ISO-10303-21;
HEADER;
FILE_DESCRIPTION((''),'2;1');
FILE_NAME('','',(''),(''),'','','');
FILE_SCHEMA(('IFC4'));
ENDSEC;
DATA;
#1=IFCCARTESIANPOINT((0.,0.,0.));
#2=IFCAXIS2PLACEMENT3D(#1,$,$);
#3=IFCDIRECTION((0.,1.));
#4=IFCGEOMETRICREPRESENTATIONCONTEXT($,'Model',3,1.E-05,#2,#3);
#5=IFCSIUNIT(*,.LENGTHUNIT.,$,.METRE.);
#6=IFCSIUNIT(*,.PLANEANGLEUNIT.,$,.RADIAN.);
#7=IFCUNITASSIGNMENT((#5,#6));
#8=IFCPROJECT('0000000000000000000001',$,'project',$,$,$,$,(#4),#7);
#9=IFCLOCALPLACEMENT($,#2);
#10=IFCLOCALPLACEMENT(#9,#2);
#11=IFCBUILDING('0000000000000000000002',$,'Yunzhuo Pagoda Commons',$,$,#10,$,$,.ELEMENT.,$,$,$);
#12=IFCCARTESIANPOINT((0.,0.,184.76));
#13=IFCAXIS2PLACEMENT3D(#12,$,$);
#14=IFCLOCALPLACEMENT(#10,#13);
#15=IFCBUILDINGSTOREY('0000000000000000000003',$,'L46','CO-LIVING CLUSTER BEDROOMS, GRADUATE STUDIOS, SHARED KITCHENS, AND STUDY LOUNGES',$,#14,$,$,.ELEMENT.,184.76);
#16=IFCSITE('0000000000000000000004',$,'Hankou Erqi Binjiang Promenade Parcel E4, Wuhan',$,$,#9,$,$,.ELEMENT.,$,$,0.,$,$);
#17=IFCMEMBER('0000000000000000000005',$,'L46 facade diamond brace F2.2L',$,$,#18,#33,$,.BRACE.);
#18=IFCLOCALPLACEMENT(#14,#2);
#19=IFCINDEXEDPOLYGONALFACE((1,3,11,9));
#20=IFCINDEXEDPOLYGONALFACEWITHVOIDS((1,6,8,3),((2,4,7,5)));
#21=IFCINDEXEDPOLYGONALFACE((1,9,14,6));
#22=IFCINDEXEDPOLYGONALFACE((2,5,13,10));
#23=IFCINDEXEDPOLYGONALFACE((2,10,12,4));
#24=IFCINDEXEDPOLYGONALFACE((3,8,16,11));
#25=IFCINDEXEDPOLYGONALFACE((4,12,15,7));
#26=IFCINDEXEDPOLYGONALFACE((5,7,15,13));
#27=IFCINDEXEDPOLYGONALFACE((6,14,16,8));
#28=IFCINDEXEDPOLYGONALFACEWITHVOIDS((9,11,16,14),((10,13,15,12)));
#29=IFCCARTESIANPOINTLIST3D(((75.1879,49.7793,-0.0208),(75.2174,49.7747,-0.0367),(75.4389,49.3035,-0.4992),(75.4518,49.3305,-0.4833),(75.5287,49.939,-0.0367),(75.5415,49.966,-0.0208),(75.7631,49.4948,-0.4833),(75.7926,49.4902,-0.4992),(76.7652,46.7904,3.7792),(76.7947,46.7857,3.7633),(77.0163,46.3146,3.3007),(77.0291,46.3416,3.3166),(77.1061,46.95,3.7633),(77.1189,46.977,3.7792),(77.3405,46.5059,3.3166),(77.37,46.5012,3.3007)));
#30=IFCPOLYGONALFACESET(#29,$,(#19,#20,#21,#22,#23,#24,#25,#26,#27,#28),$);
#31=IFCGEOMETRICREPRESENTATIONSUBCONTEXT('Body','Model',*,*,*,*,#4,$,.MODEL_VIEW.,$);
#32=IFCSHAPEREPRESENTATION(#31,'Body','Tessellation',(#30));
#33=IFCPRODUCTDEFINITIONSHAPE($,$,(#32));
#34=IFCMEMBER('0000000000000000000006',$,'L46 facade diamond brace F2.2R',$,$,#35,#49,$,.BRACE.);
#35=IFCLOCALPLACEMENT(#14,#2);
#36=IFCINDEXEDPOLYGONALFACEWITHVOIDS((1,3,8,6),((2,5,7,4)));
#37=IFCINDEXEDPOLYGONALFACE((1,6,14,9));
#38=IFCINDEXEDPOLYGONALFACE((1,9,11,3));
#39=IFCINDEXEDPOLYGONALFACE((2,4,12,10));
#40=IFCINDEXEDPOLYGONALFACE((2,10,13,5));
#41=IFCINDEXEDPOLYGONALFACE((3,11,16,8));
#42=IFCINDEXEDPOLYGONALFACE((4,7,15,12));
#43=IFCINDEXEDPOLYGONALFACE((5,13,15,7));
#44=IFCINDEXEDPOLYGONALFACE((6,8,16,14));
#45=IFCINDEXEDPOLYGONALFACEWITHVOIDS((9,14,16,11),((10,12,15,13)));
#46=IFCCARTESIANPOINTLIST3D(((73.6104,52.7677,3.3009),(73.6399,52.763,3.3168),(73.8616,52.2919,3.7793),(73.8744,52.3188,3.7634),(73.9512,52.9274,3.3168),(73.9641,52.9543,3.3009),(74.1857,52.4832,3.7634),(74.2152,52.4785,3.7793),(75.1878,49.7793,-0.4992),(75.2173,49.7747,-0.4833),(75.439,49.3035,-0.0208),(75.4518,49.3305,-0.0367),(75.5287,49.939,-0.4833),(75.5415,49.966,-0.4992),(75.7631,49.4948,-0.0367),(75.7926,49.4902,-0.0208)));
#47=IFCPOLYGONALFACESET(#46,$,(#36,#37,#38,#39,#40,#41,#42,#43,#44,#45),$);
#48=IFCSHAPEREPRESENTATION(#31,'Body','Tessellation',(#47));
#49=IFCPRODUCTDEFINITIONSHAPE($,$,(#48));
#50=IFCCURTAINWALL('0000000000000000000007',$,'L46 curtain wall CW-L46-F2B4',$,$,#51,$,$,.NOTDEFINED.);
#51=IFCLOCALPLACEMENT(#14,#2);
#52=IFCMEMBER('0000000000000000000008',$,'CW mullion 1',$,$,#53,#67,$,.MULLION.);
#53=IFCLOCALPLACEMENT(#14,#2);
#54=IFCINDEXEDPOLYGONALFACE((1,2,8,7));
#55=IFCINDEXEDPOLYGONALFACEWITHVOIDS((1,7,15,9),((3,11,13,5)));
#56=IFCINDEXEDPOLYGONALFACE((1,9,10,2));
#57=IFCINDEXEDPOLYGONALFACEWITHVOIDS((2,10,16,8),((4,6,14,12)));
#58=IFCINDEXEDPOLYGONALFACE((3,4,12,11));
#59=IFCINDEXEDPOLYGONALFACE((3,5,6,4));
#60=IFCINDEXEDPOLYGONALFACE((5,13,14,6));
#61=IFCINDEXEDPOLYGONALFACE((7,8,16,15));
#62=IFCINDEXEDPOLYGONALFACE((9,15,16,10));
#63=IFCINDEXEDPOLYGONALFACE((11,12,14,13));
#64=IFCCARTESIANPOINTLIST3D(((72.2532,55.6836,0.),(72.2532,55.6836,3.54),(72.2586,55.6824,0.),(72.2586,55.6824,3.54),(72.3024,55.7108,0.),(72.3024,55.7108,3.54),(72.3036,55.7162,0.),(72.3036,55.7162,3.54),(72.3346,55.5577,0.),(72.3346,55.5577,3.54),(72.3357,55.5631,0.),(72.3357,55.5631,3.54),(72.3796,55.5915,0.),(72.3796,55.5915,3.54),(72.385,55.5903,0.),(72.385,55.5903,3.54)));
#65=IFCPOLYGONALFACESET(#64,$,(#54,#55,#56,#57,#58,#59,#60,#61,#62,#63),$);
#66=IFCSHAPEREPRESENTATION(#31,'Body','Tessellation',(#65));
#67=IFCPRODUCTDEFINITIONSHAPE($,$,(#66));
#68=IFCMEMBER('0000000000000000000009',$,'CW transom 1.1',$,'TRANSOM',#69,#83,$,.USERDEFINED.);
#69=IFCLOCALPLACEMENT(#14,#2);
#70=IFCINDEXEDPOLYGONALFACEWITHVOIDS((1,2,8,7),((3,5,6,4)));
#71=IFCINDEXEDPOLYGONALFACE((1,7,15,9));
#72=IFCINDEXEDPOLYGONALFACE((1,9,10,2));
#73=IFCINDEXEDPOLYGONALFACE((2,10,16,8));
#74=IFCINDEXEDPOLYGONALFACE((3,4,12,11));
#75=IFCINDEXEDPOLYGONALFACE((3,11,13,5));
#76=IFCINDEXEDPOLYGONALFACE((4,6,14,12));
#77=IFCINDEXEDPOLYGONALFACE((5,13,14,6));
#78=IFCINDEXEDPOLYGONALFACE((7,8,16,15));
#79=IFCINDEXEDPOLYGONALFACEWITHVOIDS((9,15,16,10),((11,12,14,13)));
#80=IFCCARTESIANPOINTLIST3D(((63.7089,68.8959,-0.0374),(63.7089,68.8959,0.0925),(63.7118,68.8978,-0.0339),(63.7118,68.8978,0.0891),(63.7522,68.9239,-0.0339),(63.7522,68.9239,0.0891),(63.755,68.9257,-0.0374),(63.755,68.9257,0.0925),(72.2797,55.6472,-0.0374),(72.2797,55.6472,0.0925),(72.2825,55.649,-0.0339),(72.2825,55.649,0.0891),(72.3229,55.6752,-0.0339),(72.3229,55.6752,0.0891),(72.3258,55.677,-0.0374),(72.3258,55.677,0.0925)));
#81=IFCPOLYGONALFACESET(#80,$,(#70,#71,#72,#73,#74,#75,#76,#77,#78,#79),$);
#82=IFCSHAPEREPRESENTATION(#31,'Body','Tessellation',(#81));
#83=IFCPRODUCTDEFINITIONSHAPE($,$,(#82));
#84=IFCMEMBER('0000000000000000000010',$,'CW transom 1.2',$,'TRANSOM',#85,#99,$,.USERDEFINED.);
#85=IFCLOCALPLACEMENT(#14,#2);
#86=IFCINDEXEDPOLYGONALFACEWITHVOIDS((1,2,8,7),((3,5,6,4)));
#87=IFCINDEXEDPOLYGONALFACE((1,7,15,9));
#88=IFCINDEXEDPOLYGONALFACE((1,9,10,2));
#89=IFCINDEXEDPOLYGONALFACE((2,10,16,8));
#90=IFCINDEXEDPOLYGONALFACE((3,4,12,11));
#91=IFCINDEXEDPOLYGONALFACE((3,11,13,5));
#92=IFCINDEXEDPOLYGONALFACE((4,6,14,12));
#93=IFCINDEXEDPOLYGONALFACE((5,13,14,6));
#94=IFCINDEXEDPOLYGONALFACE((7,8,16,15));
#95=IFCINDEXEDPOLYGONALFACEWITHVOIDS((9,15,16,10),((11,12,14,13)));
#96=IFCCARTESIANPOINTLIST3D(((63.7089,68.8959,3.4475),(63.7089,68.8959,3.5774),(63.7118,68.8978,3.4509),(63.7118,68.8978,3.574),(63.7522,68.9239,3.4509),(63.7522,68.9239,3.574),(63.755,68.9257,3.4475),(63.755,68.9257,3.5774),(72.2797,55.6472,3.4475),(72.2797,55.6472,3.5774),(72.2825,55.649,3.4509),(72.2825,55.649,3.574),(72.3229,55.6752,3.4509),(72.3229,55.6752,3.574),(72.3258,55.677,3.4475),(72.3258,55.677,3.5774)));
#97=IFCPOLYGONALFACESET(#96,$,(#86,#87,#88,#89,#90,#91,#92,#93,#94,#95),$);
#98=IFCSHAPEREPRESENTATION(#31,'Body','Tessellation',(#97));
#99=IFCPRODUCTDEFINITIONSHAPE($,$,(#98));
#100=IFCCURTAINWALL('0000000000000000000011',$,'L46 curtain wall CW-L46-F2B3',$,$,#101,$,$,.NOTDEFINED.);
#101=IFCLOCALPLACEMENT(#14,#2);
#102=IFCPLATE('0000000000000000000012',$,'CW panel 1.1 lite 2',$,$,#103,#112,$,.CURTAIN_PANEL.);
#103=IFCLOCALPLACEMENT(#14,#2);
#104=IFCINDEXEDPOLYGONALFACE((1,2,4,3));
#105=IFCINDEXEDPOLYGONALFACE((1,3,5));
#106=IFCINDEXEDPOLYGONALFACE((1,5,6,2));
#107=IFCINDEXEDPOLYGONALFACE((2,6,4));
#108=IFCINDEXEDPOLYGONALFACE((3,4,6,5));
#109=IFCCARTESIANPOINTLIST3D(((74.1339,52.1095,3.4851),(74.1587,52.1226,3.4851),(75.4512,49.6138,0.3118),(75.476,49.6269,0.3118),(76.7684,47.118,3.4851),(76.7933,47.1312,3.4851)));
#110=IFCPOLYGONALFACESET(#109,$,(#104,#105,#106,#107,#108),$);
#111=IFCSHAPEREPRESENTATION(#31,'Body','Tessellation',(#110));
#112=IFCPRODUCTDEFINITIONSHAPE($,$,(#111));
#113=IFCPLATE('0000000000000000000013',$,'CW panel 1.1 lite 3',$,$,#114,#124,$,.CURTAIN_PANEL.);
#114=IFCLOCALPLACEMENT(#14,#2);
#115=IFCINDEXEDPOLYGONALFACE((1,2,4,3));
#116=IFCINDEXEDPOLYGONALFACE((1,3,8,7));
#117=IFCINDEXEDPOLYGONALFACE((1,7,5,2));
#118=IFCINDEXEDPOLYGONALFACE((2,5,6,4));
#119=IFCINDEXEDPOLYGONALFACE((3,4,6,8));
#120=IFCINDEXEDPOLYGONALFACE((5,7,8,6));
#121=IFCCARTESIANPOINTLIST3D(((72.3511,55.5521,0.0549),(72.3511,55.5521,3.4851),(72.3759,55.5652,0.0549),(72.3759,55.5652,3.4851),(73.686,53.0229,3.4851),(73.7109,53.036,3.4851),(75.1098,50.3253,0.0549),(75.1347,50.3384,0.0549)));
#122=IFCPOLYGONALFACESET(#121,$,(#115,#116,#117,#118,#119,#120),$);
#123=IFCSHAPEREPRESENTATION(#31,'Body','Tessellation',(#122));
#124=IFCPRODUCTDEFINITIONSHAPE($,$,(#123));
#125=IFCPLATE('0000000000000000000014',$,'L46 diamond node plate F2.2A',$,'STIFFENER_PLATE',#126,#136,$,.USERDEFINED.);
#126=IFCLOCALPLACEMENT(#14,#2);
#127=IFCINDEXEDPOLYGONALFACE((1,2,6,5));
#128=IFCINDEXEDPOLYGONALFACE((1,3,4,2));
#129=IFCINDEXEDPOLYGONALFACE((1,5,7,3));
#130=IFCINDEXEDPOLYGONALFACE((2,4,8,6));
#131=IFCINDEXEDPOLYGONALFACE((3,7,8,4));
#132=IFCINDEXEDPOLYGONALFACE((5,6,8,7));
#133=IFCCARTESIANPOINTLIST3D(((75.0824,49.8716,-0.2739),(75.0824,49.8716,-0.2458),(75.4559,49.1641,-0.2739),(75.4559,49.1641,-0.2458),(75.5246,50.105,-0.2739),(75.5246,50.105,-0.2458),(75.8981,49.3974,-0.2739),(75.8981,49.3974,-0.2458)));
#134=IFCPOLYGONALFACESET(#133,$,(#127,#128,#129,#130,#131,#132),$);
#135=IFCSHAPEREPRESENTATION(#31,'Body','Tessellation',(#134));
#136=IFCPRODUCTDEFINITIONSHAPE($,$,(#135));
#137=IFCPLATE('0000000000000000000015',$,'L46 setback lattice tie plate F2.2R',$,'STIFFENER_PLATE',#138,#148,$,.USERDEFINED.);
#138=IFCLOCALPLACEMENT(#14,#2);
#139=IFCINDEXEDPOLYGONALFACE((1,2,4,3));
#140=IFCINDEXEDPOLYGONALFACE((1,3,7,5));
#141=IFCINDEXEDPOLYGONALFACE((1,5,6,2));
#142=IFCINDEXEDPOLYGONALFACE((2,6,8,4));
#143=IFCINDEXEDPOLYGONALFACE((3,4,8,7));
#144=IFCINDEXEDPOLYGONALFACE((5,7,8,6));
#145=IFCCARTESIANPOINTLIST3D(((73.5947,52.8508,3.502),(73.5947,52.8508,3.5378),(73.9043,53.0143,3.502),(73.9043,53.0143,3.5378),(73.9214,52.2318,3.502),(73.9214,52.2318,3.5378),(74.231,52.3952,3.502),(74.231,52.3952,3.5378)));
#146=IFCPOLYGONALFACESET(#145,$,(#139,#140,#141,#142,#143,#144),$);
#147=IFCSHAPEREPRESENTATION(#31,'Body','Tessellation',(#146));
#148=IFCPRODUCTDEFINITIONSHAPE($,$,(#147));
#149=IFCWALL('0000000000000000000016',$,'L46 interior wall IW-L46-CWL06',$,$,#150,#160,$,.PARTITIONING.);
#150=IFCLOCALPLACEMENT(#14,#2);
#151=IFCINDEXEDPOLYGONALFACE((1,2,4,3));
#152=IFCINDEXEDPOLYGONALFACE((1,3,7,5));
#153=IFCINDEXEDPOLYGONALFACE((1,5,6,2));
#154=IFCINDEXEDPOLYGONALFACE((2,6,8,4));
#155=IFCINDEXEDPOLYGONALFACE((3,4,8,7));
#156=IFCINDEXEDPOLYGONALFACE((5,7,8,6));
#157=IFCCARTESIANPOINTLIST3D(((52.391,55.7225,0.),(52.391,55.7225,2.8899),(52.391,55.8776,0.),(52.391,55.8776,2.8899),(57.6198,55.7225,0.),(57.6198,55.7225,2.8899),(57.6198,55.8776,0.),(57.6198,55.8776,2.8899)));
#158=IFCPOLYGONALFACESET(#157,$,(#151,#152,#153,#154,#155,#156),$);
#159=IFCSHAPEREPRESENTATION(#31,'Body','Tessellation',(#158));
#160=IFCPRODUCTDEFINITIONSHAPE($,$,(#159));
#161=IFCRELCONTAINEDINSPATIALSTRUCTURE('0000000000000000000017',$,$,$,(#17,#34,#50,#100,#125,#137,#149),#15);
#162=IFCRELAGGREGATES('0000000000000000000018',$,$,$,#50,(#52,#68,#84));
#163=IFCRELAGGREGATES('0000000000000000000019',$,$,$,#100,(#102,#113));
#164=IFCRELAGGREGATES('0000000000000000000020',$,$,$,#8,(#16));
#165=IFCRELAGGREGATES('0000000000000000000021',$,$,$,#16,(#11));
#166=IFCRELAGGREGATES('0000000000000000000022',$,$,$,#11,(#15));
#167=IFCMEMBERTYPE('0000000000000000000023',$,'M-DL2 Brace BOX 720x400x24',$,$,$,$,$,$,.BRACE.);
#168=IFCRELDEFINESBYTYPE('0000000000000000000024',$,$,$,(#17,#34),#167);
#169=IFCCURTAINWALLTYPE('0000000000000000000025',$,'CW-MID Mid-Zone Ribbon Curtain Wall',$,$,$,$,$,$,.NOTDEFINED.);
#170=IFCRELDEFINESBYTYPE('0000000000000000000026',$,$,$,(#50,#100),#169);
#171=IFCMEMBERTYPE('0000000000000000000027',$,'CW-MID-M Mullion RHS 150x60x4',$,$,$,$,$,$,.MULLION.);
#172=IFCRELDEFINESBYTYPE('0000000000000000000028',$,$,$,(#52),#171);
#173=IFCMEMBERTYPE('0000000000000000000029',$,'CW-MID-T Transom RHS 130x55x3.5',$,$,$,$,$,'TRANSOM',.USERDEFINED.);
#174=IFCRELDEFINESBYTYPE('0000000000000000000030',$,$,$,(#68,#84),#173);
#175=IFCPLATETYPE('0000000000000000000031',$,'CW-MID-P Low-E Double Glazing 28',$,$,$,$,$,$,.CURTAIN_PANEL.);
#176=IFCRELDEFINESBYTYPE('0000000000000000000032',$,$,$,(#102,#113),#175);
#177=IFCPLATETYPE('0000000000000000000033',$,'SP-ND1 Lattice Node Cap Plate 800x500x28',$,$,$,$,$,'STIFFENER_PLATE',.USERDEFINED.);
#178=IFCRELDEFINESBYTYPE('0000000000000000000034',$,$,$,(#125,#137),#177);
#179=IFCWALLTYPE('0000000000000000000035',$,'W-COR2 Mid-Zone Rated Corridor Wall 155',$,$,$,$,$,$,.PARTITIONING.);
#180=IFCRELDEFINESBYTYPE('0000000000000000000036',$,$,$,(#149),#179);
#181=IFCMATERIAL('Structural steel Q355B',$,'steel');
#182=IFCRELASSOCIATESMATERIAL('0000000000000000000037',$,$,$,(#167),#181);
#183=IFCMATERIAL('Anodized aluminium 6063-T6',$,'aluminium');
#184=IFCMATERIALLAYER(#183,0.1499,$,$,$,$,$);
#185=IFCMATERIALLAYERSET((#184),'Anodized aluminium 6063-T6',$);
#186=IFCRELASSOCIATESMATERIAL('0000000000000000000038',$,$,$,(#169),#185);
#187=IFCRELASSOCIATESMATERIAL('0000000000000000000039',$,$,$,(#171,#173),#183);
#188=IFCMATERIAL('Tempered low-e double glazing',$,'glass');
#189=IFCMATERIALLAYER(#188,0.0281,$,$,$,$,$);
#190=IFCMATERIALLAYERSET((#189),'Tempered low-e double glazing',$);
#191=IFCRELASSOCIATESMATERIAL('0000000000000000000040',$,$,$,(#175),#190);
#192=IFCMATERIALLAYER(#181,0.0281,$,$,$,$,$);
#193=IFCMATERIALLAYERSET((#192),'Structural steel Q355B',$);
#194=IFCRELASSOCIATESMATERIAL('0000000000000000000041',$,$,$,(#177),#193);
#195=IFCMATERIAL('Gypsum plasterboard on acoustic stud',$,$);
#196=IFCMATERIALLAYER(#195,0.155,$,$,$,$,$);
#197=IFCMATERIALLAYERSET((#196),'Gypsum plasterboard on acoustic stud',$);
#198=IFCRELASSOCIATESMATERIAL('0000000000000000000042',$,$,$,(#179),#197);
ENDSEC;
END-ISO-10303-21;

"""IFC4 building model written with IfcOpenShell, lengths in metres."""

from ifc_helpers import new_model, si_unit, direction, frame, frame_2d, origin, origin_2d, place, context, subcontext, project, spatial, polyline, rectangle, hollow_rectangle, outline, extrude, source, transform, mapped, material, layer, layer_set, material_profile, profile_set, type_object, element, aggregate, save


model = new_model("IFC4")

# Units and contexts
model_context = context("Model", 3, precision=1e-05, world=origin(), true_north=direction((0.0, 1.0)))
body_context = subcontext(model_context, "Body", "Model", "MODEL_VIEW")
ifc_project = project(units=[si_unit("LENGTHUNIT", "METRE"), si_unit("PLANEANGLEUNIT", "RADIAN")], contexts=[model_context])

# Site, building, storey
site_placement = place(None, origin())
site = spatial("IfcSite", under=ifc_project, at=site_placement, Name="Hankou Erqi Binjiang Promenade Parcel E4, Wuhan", CompositionType="ELEMENT", RefElevation=0.0)
building_placement = place(site_placement, origin())
building = spatial("IfcBuilding", under=site, at=building_placement, Name="Yunzhuo Pagoda Commons", CompositionType="ELEMENT")
storey_placement = place(building_placement, frame((0.0, 0.0, 184.76)))
storey = spatial("IfcBuildingStorey", under=building, at=storey_placement, Name="L46", Description="CO-LIVING CLUSTER BEDROOMS, GRADUATE STUDIOS, SHARED KITCHENS, AND STUDY LOUNGES", CompositionType="ELEMENT", Elevation=184.76)

# Shared definitions
ifc_material_1 = material(Name="Structural steel Q355B", Category="steel")

# Members
ifc_material_profile_1 = material_profile(ifc_material_1, hollow_rectangle(XDim=0.3999, YDim=0.72, WallThickness=0.0239, at=origin_2d()), Name="Structural steel Q355B")
ifc_profile_set_1 = profile_set([ifc_material_profile_1], Name="Structural steel Q355B")
member_type_1 = type_object("IfcMemberType", Name="M-DL2 Brace BOX 720x400x24", PredefinedType="BRACE", material=ifc_profile_set_1)
shared_shape_1 = source(origin(), body_context, "Body", "SweptSolid", [
    extrude(hollow_rectangle(XDim=0.3999, YDim=0.72, WallThickness=0.0239, at=origin_2d()), origin(), (0.0, 0.0, 1.0), 5.0854),
])
member_1_placement = place(storey_placement, frame((75.4902, 49.6348, -0.26), z_axis=(0.310172, -0.587747, 0.747226), x_axis=(0.884402, 0.466726, 0.0)))
element("IfcMember", 1, at=member_1_placement, inside=storey, type_object=member_type_1, Name="L46 facade diamond brace F2.2L", PredefinedType="BRACE", context=body_context, shape_type="MappedRepresentation", body=[
    mapped(shared_shape_1, transform((0.0, 0.0, 0.0), scale=1.0)),
])
shared_shape_2 = source(origin(), body_context, "Body", "SweptSolid", [
    extrude(hollow_rectangle(XDim=0.3999, YDim=0.72, WallThickness=0.0239, at=origin_2d()), origin(), (0.0, 0.0, 1.0), 5.0852),
])
member_2_placement = place(storey_placement, frame((75.4902, 49.6348, -0.26), z_axis=(-0.310198, 0.587653, 0.747289), x_axis=(-0.884355, -0.466815, 0.0)))
element("IfcMember", 2, at=member_2_placement, inside=storey, type_object=member_type_1, Name="L46 facade diamond brace F2.2R", PredefinedType="BRACE", context=body_context, shape_type="MappedRepresentation", body=[
    mapped(shared_shape_2, transform((0.0, 0.0, 0.0), scale=1.0)),
])

# Curtain wall, members
ifc_material_2 = material(Name="Anodized aluminium 6063-T6", Category="aluminium")
ifc_layer_1 = layer(ifc_material_2, 0.1499)
ifc_layer_set_1 = layer_set([ifc_layer_1], Name="Anodized aluminium 6063-T6")
curtain_wall_type = type_object("IfcCurtainWallType", Name="CW-MID Mid-Zone Ribbon Curtain Wall", PredefinedType="NOTDEFINED", material=ifc_layer_set_1)
curtain_wall_1_placement = place(storey_placement, origin())
curtain_wall_1 = element("IfcCurtainWall", 3, at=curtain_wall_1_placement, inside=storey, type_object=curtain_wall_type, Name="L46 curtain wall CW-L46-F2B4", PredefinedType="NOTDEFINED")
ifc_material_profile_2 = material_profile(ifc_material_2, hollow_rectangle(XDim=0.0601, YDim=0.1499, WallThickness=0.0039, at=origin_2d()), Name="Anodized aluminium 6063-T6")
ifc_profile_set_2 = profile_set([ifc_material_profile_2], Name="Anodized aluminium 6063-T6")
member_type_2 = type_object("IfcMemberType", Name="CW-MID-M Mullion RHS 150x60x4", PredefinedType="MULLION", material=ifc_profile_set_2)
shared_shape_3 = source(origin(), body_context, "Body", "SweptSolid", [
    extrude(hollow_rectangle(XDim=0.0601, YDim=0.1499, WallThickness=0.0039, at=origin_2d()), origin(), (0.0, 0.0, 1.0), 3.54),
])
member_3_placement = place(storey_placement, frame((72.3191, 55.637, 0.0), z_axis=(0.0, 0.0, 1.0), x_axis=(-0.839627, -0.543164, 0.0)))
member_3 = element("IfcMember", 4, at=member_3_placement, type_object=member_type_2, Name="CW mullion 1", PredefinedType="MULLION", context=body_context, shape_type="MappedRepresentation", body=[
    mapped(shared_shape_3, transform((0.0, 0.0, 0.0), scale=1.0)),
])
ifc_material_profile_3 = material_profile(ifc_material_2, hollow_rectangle(XDim=0.0549, YDim=0.1299, WallThickness=0.0034, at=origin_2d()), Name="Anodized aluminium 6063-T6")
ifc_profile_set_3 = profile_set([ifc_material_profile_3], Name="Anodized aluminium 6063-T6")
member_type_3 = type_object("IfcMemberType", Name="CW-MID-T Transom RHS 130x55x3.5", ElementType="TRANSOM", PredefinedType="USERDEFINED", material=ifc_profile_set_3)
shared_shape_4 = source(origin(), body_context, "Body", "SweptSolid", [
    extrude(hollow_rectangle(XDim=0.0549, YDim=0.1299, WallThickness=0.0034, at=origin_2d()), origin(), (0.0, 0.0, 1.0), 15.7793),
])
member_4_placement = place(storey_placement, frame((72.3027, 55.6621, 0.0276), z_axis=(-0.543165, 0.839626, 0.0), x_axis=(-0.839626, -0.543165, 0.0)))
member_4 = element("IfcMember", 5, at=member_4_placement, type_object=member_type_3, Name="CW transom 1.1", ObjectType="TRANSOM", PredefinedType="USERDEFINED", context=body_context, shape_type="MappedRepresentation", body=[
    mapped(shared_shape_4, transform((0.0, 0.0, 0.0), scale=1.0)),
])
member_5_placement = place(storey_placement, frame((72.3027, 55.6621, 3.5125), z_axis=(-0.543165, 0.839626, 0.0), x_axis=(-0.839626, -0.543165, 0.0)))
member_5 = element("IfcMember", 6, at=member_5_placement, type_object=member_type_3, Name="CW transom 1.2", ObjectType="TRANSOM", PredefinedType="USERDEFINED", context=body_context, shape_type="MappedRepresentation", body=[
    mapped(shared_shape_4, transform((0.0, 0.0, 0.0), scale=1.0)),
])
aggregate(curtain_wall_1, [member_3, member_4, member_5])

# Curtain wall, plates
curtain_wall_2_placement = place(storey_placement, origin())
curtain_wall_2 = element("IfcCurtainWall", 7, at=curtain_wall_2_placement, inside=storey, type_object=curtain_wall_type, Name="L46 curtain wall CW-L46-F2B3", PredefinedType="NOTDEFINED")
ifc_material_3 = material(Name="Tempered low-e double glazing", Category="glass")
ifc_layer_2 = layer(ifc_material_3, 0.0281)
ifc_layer_set_2 = layer_set([ifc_layer_2], Name="Tempered low-e double glazing")
plate_type_1 = type_object("IfcPlateType", Name="CW-MID-P Low-E Double Glazing 28", PredefinedType="CURTAIN_PANEL", material=ifc_layer_set_2)
plate_1_placement = place(storey_placement, frame((75.4512, 49.6138, 1.8984), z_axis=(0.884373, 0.466781, 0.0), x_axis=(-0.466781, 0.884373, 0.0)))
plate_1 = element("IfcPlate", 8, at=plate_1_placement, type_object=plate_type_1, Name="CW panel 1.1 lite 2", PredefinedType="CURTAIN_PANEL", context=body_context, shape_type="SweptSolid", body=[
    extrude(outline(polyline([(-2.822, 1.5867), (0.0, -1.5867), (2.822, 1.5867), (-2.822, 1.5867)])), origin(), (0.0, 0.0, 1.0), 0.0281),
])
plate_2_placement = place(storey_placement, frame((73.7305, 52.9387, 1.77), z_axis=(0.884373, 0.466781, 0.0), x_axis=(-0.466781, 0.884373, 0.0)))
plate_2 = element("IfcPlate", 9, at=plate_2_placement, type_object=plate_type_1, Name="CW panel 1.1 lite 3", PredefinedType="CURTAIN_PANEL", context=body_context, shape_type="SweptSolid", body=[
    extrude(outline(polyline([(-2.9551, -1.7151), (2.9551, -1.7151), (2.9551, 1.7151), (0.0952, 1.7151), (-2.9551, -1.7151)])), origin(), (0.0, 0.0, 1.0), 0.0281),
])
aggregate(curtain_wall_2, [plate_1, plate_2])

# Plates
ifc_layer_3 = layer(ifc_material_1, 0.0281)
ifc_layer_set_3 = layer_set([ifc_layer_3], Name="Structural steel Q355B")
plate_type_2 = type_object("IfcPlateType", Name="SP-ND1 Lattice Node Cap Plate 800x500x28", ElementType="STIFFENER_PLATE", PredefinedType="USERDEFINED", material=ifc_layer_set_3)
shared_shape_5 = source(origin(), body_context, "Body", "SweptSolid", [
    extrude(rectangle(XDim=0.8, YDim=0.5, at=origin_2d()), origin(), (0.0, 0.0, 1.0), 0.0281),
])
plate_3_placement = place(storey_placement, frame((75.4902, 49.6345, -0.2739), z_axis=(0.0, 0.0, 1.0), x_axis=(-0.466788, 0.884369, 0.0)))
element("IfcPlate", 10, at=plate_3_placement, inside=storey, type_object=plate_type_2, Name="L46 diamond node plate F2.2A", ObjectType="STIFFENER_PLATE", PredefinedType="USERDEFINED", context=body_context, shape_type="MappedRepresentation", body=[
    mapped(shared_shape_5, transform((0.0, 0.0, 0.0), scale=1.0)),
])
shared_shape_6 = source(origin(), body_context, "Body", "SweptSolid", [
    extrude(rectangle(XDim=0.7, YDim=0.3501, at=origin_2d()), origin(), (0.0, 0.0, 1.0), 0.0359),
])
plate_4_placement = place(storey_placement, frame((73.9128, 52.623, 3.502), z_axis=(0.0, 0.0, 1.0), x_axis=(-0.466788, 0.884369, 0.0)))
element("IfcPlate", 11, at=plate_4_placement, inside=storey, type_object=plate_type_2, Name="L46 setback lattice tie plate F2.2R", ObjectType="STIFFENER_PLATE", PredefinedType="USERDEFINED", context=body_context, shape_type="MappedRepresentation", body=[
    mapped(shared_shape_6, transform((0.0, 0.0, 0.0), scale=1.0)),
])

# Wall
ifc_material_4 = material(Name="Gypsum plasterboard on acoustic stud")
ifc_layer_4 = layer(ifc_material_4, 0.155)
ifc_layer_set_4 = layer_set([ifc_layer_4], Name="Gypsum plasterboard on acoustic stud")
wall_type_1 = type_object("IfcWallType", Name="W-COR2 Mid-Zone Rated Corridor Wall 155", PredefinedType="PARTITIONING", material=ifc_layer_set_4)
wall_1_placement = place(storey_placement, frame((52.3911, 55.8, 0.0), z_axis=(0.0, 0.0, 1.0), x_axis=(1.0, 0.0, 0.0)))
element("IfcWall", 12, at=wall_1_placement, inside=storey, type_object=wall_type_1, Name="L46 interior wall IW-L46-CWL06", PredefinedType="PARTITIONING", context=body_context, shape_type="SweptSolid", body=[
    extrude(rectangle(XDim=5.2288, YDim=0.155, at=frame_2d((2.6143, 0.0))), origin(), (0.0, 0.0, 1.0), 2.8899),
])

save(model, "model.ifc")
